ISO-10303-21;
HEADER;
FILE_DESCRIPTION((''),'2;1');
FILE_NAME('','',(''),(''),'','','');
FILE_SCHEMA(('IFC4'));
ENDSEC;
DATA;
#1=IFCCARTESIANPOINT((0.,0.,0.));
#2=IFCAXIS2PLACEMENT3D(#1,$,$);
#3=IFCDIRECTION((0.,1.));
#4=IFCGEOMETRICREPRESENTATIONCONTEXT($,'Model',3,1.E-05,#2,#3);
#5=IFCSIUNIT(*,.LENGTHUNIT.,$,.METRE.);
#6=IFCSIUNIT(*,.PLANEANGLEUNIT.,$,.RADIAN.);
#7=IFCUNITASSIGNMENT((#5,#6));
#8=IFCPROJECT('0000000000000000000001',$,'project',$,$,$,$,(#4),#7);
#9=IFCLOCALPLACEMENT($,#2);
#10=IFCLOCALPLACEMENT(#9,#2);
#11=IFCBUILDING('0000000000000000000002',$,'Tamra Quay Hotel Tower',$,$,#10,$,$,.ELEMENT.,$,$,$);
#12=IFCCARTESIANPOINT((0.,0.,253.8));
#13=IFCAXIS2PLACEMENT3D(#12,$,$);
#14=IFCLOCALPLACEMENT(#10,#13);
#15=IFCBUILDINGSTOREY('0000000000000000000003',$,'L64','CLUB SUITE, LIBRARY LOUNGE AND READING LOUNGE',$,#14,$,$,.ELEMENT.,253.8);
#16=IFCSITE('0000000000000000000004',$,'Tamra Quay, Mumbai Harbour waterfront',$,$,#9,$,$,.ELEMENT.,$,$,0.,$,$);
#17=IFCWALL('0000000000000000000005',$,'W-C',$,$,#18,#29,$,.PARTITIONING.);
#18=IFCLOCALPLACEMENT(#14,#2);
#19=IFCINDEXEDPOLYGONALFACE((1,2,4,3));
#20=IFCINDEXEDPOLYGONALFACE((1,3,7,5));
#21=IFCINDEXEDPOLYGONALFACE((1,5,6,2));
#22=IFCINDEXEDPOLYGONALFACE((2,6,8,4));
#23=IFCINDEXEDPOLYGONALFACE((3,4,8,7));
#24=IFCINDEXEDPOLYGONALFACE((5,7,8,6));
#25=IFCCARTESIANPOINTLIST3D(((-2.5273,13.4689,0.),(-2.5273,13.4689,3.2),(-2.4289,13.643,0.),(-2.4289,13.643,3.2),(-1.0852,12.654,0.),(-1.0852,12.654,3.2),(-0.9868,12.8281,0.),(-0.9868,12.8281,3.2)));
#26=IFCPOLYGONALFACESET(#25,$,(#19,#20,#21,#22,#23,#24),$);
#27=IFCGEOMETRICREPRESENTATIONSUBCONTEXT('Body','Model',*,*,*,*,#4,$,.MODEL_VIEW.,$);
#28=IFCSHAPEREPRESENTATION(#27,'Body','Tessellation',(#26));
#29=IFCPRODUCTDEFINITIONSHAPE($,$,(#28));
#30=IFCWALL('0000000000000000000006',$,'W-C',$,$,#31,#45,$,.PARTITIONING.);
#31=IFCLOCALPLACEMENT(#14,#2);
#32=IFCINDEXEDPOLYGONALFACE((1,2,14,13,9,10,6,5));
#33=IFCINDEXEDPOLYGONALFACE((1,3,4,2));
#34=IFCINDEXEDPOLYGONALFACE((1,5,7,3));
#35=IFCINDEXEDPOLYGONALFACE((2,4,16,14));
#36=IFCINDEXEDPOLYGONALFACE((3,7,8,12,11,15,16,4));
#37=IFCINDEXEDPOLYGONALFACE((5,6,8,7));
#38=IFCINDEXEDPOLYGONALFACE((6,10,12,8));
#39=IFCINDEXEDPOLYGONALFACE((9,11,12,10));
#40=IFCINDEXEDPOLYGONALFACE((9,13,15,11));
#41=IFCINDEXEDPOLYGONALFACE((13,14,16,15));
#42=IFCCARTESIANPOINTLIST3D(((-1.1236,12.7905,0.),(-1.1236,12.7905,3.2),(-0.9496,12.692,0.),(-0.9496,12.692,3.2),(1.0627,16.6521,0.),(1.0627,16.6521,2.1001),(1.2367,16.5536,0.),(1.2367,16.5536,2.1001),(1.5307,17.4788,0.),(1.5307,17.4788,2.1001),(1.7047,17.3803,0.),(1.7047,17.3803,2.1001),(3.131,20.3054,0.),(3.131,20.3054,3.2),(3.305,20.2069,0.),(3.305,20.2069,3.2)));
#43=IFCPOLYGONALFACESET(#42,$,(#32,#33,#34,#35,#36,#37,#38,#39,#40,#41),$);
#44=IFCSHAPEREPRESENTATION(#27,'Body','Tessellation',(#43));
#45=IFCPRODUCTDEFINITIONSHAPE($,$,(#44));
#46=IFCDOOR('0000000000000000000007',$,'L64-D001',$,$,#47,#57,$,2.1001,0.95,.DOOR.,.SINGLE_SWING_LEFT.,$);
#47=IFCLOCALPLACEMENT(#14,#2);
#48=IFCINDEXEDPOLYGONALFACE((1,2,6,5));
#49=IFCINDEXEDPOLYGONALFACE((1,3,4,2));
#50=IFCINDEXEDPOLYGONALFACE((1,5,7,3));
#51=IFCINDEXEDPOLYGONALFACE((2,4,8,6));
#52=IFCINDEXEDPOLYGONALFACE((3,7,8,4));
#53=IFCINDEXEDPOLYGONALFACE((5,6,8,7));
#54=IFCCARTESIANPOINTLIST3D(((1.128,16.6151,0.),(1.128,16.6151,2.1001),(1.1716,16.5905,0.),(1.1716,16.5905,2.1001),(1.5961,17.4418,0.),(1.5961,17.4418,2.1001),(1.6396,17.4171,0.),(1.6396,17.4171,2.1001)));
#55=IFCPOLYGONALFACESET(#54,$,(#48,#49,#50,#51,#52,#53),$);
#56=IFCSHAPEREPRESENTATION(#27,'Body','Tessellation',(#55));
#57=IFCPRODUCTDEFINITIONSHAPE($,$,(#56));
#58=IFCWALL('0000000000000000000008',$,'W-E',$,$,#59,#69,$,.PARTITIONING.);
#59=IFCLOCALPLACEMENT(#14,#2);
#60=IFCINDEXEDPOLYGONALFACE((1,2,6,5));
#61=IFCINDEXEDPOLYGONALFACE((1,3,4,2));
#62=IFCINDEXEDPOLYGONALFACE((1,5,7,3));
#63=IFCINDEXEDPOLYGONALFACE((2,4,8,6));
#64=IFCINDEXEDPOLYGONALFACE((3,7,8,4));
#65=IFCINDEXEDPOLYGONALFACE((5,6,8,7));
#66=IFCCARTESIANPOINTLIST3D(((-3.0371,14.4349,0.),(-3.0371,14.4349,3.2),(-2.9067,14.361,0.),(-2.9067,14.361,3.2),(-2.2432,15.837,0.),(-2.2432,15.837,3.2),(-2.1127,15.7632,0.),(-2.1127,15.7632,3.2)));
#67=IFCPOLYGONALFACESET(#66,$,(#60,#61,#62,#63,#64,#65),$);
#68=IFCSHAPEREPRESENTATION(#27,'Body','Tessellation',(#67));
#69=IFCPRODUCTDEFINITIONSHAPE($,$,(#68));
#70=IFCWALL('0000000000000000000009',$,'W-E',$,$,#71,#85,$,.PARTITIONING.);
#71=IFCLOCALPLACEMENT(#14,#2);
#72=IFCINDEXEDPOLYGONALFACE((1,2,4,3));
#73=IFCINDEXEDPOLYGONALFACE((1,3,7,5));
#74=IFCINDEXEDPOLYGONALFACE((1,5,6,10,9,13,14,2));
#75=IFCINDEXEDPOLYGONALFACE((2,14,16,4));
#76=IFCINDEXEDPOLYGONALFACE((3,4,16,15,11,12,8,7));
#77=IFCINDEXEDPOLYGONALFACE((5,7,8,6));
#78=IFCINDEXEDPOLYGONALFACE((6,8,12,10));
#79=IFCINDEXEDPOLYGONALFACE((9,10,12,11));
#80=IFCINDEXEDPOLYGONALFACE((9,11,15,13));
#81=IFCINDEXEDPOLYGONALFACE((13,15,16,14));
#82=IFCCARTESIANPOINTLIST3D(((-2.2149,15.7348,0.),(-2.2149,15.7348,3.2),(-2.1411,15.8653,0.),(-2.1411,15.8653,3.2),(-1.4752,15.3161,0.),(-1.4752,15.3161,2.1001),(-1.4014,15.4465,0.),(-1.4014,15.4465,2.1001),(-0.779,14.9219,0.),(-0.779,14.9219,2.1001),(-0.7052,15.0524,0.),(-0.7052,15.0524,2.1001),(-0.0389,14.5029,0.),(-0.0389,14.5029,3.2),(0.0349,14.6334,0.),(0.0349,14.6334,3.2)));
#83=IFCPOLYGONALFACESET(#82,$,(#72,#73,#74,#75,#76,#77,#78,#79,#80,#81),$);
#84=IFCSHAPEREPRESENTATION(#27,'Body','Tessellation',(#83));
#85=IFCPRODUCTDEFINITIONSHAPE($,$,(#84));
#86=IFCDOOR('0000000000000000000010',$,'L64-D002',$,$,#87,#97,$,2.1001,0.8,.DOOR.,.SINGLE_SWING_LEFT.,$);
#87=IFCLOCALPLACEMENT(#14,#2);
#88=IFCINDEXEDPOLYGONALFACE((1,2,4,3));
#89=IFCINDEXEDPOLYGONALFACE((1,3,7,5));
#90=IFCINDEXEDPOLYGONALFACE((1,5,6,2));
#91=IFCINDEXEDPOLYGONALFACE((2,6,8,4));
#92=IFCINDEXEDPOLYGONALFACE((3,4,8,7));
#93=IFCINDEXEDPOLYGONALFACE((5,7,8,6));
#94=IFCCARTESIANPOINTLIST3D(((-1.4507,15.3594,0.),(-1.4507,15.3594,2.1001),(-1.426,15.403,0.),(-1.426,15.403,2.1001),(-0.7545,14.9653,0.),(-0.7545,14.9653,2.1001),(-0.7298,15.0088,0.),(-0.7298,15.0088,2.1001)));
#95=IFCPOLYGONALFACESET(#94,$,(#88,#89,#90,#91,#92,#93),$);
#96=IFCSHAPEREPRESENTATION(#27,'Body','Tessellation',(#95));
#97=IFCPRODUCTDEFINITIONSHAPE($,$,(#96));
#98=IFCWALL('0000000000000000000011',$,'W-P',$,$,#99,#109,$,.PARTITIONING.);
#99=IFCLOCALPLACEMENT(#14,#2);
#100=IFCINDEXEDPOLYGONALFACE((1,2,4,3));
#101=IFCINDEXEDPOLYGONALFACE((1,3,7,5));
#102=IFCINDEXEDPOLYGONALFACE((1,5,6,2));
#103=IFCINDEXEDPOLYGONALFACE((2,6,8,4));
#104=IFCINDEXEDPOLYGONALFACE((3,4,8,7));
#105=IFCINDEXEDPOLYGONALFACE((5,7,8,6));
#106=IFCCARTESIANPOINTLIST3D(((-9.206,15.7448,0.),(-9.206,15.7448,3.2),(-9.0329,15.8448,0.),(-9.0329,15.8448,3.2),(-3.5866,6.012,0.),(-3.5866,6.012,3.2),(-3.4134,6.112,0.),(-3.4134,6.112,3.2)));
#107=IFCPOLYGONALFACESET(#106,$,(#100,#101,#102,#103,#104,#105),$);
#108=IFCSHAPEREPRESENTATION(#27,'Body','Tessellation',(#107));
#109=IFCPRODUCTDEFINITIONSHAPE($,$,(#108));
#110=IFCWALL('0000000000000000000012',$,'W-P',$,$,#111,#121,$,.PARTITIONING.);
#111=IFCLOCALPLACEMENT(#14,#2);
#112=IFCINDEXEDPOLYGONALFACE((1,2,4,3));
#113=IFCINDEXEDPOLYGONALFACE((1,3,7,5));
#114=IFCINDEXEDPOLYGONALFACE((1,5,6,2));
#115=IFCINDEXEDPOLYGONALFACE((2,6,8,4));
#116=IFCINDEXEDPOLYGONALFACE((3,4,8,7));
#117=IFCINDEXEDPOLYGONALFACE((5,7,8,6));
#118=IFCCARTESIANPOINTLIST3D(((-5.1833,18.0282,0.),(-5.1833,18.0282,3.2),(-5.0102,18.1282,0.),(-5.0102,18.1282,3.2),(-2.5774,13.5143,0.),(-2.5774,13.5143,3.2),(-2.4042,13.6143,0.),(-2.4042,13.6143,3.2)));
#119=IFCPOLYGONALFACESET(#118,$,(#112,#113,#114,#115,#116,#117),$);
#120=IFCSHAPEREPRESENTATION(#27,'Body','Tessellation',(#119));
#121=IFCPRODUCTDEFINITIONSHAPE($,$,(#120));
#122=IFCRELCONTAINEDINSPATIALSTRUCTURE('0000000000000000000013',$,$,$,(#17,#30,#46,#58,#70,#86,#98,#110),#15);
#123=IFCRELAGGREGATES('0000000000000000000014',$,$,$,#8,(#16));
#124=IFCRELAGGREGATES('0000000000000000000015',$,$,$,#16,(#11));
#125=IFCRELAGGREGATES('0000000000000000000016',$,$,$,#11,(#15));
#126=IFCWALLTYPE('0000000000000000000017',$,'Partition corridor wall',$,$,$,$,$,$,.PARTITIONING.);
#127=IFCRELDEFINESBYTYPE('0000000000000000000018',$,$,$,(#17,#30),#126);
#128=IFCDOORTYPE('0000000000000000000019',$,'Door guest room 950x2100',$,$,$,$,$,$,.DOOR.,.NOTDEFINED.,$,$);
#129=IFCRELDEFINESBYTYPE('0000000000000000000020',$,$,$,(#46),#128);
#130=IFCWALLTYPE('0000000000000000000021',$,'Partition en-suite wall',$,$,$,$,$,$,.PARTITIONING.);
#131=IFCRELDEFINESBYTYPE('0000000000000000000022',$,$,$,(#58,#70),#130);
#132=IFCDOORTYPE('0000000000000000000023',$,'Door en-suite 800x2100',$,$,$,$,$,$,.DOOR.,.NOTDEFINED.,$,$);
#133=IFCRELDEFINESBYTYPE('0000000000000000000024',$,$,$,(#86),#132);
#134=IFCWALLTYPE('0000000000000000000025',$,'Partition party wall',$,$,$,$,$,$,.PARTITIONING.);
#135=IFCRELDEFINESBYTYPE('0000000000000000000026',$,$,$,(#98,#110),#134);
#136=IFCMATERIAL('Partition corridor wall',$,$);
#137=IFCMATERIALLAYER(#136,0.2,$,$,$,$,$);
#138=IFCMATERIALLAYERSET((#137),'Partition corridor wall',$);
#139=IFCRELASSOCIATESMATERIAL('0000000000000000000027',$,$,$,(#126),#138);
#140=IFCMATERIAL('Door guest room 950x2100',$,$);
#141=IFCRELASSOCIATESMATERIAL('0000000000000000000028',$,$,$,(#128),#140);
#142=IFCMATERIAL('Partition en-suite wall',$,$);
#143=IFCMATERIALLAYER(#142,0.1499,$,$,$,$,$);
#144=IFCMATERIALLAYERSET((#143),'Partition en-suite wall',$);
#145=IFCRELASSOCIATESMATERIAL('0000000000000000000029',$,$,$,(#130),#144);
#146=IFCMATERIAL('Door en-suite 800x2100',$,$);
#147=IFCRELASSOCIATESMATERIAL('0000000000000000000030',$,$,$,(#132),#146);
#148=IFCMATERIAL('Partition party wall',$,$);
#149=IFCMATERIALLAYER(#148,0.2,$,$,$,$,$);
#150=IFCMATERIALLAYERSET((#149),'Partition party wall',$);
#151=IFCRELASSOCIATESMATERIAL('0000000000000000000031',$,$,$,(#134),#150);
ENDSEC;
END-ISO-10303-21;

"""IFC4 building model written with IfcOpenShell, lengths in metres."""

from ifc_helpers import new_model, si_unit, direction, frame, frame_2d, origin, place, context, subcontext, project, spatial, rectangle, extrude, material, layer, layer_set, type_object, element, fill, save


model = new_model("IFC4")

# Units and contexts
model_context = context("Model", 3, precision=1e-05, world=origin(), true_north=direction((0.0, 1.0)))
body_context = subcontext(model_context, "Body", "Model", "MODEL_VIEW")
ifc_project = project(units=[si_unit("LENGTHUNIT", "METRE"), si_unit("PLANEANGLEUNIT", "RADIAN")], contexts=[model_context])

# Site, building, storey
site_placement = place(None, origin())
site = spatial("IfcSite", under=ifc_project, at=site_placement, Name="Tamra Quay, Mumbai Harbour waterfront", CompositionType="ELEMENT", RefElevation=0.0)
building_placement = place(site_placement, origin())
building = spatial("IfcBuilding", under=site, at=building_placement, Name="Tamra Quay Hotel Tower", CompositionType="ELEMENT")
storey_placement = place(building_placement, frame((0.0, 0.0, 253.8)))
storey = spatial("IfcBuildingStorey", under=building, at=storey_placement, Name="L64", Description="CLUB SUITE, LIBRARY LOUNGE AND READING LOUNGE", CompositionType="ELEMENT", Elevation=253.8)

# Shared definitions
ifc_material_1 = material(Name="Partition corridor wall")
ifc_layer_1 = layer(ifc_material_1, 0.2)
ifc_layer_set_1 = layer_set([ifc_layer_1], Name="Partition corridor wall")
wall_type_1 = type_object("IfcWallType", Name="Partition corridor wall", PredefinedType="PARTITIONING", material=ifc_layer_set_1)
ifc_material_2 = material(Name="Door guest room 950x2100")
door_type_1 = type_object("IfcDoorType", Name="Door guest room 950x2100", OperationType="NOTDEFINED", PredefinedType="DOOR", material=ifc_material_2)

# Wall
wall_1_placement = place(storey_placement, frame((-2.478, 13.5559, 0.0), z_axis=(0.0, 0.0, 1.0), x_axis=(0.87061, -0.491975, 0.0)))
element("IfcWall", 1, at=wall_1_placement, inside=storey, type_object=wall_type_1, Name="W-C", PredefinedType="PARTITIONING", context=body_context, shape_type="SweptSolid", body=[
    extrude(rectangle(XDim=1.6565, YDim=0.2, at=frame_2d((0.8281, 0.0))), origin(), (0.0, 0.0, 1.0), 3.2),
])

# Wall, opening, door
wall_2_placement = place(storey_placement, frame((-1.0366, 12.7412, 0.0), z_axis=(0.0, 0.0, 1.0), x_axis=(0.492679, 0.870211, 0.0)))
wall_2 = element("IfcWall", 2, at=wall_2_placement, inside=storey, type_object=wall_type_1, Name="W-C", PredefinedType="PARTITIONING", context=body_context, shape_type="SweptSolid", body=[
    extrude(rectangle(XDim=8.6357, YDim=0.2, at=frame_2d((4.3179, 0.0))), origin(), (0.0, 0.0, 1.0), 3.2),
])
opening_1_placement = place(wall_2_placement, frame((4.4375, 0.0, 0.0)))
opening_1 = element("IfcOpeningElement", 3, at=opening_1_placement, cuts=wall_2, PredefinedType="OPENING", context=body_context, shape_type="SweptSolid", body=[
    extrude(rectangle(XDim=0.95, YDim=2.1001, at=frame_2d((0.4751, 1.05))), frame((0.0, 0.1099, 0.0), z_axis=(0.0, -1.0, 0.0), x_axis=(1.0, 0.0, 0.0)), (0.0, 0.0, 1.0), 0.22),
])
door_1_placement = place(opening_1_placement, origin())
door_1 = element("IfcDoor", 4, at=door_1_placement, inside=storey, type_object=door_type_1, Name="L64-D001", OperationType="SINGLE_SWING_LEFT", OverallHeight=2.1001, OverallWidth=0.95, PredefinedType="DOOR", context=body_context, shape_type="SweptSolid", body=[
    extrude(rectangle(XDim=0.95, YDim=2.1001, at=frame_2d((0.4751, 1.05))), frame((0.0, 0.0249, 0.0), z_axis=(0.0, -1.0, 0.0), x_axis=(1.0, 0.0, 0.0)), (0.0, 0.0, 1.0), 0.05),
])
fill(opening_1, door_1)

# Wall
ifc_material_3 = material(Name="Partition en-suite wall")
ifc_layer_2 = layer(ifc_material_3, 0.1499)
ifc_layer_set_2 = layer_set([ifc_layer_2], Name="Partition en-suite wall")
wall_type_2 = type_object("IfcWallType", Name="Partition en-suite wall", PredefinedType="PARTITIONING", material=ifc_layer_set_2)
wall_3_placement = place(storey_placement, frame((-2.9719, 14.3979, 0.0), z_axis=(0.0, 0.0, 1.0), x_axis=(0.492741, 0.870176, 0.0)))
element("IfcWall", 5, at=wall_3_placement, inside=storey, type_object=wall_type_2, Name="W-E", PredefinedType="PARTITIONING", context=body_context, shape_type="SweptSolid", body=[
    extrude(rectangle(XDim=1.6113, YDim=0.1499, at=frame_2d((0.8057, 0.0))), origin(), (0.0, 0.0, 1.0), 3.2),
])

# Wall, opening, door
wall_4_placement = place(storey_placement, frame((-2.178, 15.8, 0.0), z_axis=(0.0, 0.0, 1.0), x_axis=(0.870219, -0.492665, 0.0)))
wall_4 = element("IfcWall", 6, at=wall_4_placement, inside=storey, type_object=wall_type_2, Name="W-E", PredefinedType="PARTITIONING", context=body_context, shape_type="SweptSolid", body=[
    extrude(rectangle(XDim=2.5005, YDim=0.1499, at=frame_2d((1.2502, 0.0))), origin(), (0.0, 0.0, 1.0), 3.2),
])
opening_2_placement = place(wall_4_placement, frame((0.8501, 0.0, 0.0)))
opening_2 = element("IfcOpeningElement", 7, at=opening_2_placement, cuts=wall_4, PredefinedType="OPENING", context=body_context, shape_type="SweptSolid", body=[
    extrude(rectangle(XDim=0.8, YDim=2.1001, at=frame_2d((0.3999, 1.05))), frame((0.0, 0.085, 0.0), z_axis=(0.0, -1.0, 0.0), x_axis=(1.0, 0.0, 0.0)), (0.0, 0.0, 1.0), 0.1699),
])
ifc_material_4 = material(Name="Door en-suite 800x2100")
door_type_2 = type_object("IfcDoorType", Name="Door en-suite 800x2100", OperationType="NOTDEFINED", PredefinedType="DOOR", material=ifc_material_4)
door_2_placement = place(opening_2_placement, origin())
door_2 = element("IfcDoor", 8, at=door_2_placement, inside=storey, type_object=door_type_2, Name="L64-D002", OperationType="SINGLE_SWING_LEFT", OverallHeight=2.1001, OverallWidth=0.8, PredefinedType="DOOR", context=body_context, shape_type="SweptSolid", body=[
    extrude(rectangle(XDim=0.8, YDim=2.1001, at=frame_2d((0.3999, 1.05))), frame((0.0, 0.0249, 0.0), z_axis=(0.0, -1.0, 0.0), x_axis=(1.0, 0.0, 0.0)), (0.0, 0.0, 1.0), 0.05),
])
fill(opening_2, door_2)

# Walls
ifc_material_5 = material(Name="Partition party wall")
ifc_layer_3 = layer(ifc_material_5, 0.2)
ifc_layer_set_3 = layer_set([ifc_layer_3], Name="Partition party wall")
wall_type_3 = type_object("IfcWallType", Name="Partition party wall", PredefinedType="PARTITIONING", material=ifc_layer_set_3)
wall_5_placement = place(storey_placement, frame((-9.1194, 15.7947, 0.0), z_axis=(0.0, 0.0, 1.0), x_axis=(0.500015, -0.866017, 0.0)))
element("IfcWall", 9, at=wall_5_placement, inside=storey, type_object=wall_type_3, Name="W-P", PredefinedType="PARTITIONING", context=body_context, shape_type="SweptSolid", body=[
    extrude(rectangle(XDim=11.2385, YDim=0.2, at=frame_2d((5.6191, 0.0))), origin(), (0.0, 0.0, 1.0), 3.2),
])
wall_6_placement = place(storey_placement, frame((-5.0967, 18.0781, 0.0), z_axis=(0.0, 0.0, 1.0), x_axis=(0.499978, -0.866038, 0.0)))
element("IfcWall", 10, at=wall_6_placement, inside=storey, type_object=wall_type_3, Name="W-P", PredefinedType="PARTITIONING", context=body_context, shape_type="SweptSolid", body=[
    extrude(rectangle(XDim=5.2122, YDim=0.2, at=frame_2d((2.606, 0.0))), origin(), (0.0, 0.0, 1.0), 3.2),
])

save(model, "model.ifc")
